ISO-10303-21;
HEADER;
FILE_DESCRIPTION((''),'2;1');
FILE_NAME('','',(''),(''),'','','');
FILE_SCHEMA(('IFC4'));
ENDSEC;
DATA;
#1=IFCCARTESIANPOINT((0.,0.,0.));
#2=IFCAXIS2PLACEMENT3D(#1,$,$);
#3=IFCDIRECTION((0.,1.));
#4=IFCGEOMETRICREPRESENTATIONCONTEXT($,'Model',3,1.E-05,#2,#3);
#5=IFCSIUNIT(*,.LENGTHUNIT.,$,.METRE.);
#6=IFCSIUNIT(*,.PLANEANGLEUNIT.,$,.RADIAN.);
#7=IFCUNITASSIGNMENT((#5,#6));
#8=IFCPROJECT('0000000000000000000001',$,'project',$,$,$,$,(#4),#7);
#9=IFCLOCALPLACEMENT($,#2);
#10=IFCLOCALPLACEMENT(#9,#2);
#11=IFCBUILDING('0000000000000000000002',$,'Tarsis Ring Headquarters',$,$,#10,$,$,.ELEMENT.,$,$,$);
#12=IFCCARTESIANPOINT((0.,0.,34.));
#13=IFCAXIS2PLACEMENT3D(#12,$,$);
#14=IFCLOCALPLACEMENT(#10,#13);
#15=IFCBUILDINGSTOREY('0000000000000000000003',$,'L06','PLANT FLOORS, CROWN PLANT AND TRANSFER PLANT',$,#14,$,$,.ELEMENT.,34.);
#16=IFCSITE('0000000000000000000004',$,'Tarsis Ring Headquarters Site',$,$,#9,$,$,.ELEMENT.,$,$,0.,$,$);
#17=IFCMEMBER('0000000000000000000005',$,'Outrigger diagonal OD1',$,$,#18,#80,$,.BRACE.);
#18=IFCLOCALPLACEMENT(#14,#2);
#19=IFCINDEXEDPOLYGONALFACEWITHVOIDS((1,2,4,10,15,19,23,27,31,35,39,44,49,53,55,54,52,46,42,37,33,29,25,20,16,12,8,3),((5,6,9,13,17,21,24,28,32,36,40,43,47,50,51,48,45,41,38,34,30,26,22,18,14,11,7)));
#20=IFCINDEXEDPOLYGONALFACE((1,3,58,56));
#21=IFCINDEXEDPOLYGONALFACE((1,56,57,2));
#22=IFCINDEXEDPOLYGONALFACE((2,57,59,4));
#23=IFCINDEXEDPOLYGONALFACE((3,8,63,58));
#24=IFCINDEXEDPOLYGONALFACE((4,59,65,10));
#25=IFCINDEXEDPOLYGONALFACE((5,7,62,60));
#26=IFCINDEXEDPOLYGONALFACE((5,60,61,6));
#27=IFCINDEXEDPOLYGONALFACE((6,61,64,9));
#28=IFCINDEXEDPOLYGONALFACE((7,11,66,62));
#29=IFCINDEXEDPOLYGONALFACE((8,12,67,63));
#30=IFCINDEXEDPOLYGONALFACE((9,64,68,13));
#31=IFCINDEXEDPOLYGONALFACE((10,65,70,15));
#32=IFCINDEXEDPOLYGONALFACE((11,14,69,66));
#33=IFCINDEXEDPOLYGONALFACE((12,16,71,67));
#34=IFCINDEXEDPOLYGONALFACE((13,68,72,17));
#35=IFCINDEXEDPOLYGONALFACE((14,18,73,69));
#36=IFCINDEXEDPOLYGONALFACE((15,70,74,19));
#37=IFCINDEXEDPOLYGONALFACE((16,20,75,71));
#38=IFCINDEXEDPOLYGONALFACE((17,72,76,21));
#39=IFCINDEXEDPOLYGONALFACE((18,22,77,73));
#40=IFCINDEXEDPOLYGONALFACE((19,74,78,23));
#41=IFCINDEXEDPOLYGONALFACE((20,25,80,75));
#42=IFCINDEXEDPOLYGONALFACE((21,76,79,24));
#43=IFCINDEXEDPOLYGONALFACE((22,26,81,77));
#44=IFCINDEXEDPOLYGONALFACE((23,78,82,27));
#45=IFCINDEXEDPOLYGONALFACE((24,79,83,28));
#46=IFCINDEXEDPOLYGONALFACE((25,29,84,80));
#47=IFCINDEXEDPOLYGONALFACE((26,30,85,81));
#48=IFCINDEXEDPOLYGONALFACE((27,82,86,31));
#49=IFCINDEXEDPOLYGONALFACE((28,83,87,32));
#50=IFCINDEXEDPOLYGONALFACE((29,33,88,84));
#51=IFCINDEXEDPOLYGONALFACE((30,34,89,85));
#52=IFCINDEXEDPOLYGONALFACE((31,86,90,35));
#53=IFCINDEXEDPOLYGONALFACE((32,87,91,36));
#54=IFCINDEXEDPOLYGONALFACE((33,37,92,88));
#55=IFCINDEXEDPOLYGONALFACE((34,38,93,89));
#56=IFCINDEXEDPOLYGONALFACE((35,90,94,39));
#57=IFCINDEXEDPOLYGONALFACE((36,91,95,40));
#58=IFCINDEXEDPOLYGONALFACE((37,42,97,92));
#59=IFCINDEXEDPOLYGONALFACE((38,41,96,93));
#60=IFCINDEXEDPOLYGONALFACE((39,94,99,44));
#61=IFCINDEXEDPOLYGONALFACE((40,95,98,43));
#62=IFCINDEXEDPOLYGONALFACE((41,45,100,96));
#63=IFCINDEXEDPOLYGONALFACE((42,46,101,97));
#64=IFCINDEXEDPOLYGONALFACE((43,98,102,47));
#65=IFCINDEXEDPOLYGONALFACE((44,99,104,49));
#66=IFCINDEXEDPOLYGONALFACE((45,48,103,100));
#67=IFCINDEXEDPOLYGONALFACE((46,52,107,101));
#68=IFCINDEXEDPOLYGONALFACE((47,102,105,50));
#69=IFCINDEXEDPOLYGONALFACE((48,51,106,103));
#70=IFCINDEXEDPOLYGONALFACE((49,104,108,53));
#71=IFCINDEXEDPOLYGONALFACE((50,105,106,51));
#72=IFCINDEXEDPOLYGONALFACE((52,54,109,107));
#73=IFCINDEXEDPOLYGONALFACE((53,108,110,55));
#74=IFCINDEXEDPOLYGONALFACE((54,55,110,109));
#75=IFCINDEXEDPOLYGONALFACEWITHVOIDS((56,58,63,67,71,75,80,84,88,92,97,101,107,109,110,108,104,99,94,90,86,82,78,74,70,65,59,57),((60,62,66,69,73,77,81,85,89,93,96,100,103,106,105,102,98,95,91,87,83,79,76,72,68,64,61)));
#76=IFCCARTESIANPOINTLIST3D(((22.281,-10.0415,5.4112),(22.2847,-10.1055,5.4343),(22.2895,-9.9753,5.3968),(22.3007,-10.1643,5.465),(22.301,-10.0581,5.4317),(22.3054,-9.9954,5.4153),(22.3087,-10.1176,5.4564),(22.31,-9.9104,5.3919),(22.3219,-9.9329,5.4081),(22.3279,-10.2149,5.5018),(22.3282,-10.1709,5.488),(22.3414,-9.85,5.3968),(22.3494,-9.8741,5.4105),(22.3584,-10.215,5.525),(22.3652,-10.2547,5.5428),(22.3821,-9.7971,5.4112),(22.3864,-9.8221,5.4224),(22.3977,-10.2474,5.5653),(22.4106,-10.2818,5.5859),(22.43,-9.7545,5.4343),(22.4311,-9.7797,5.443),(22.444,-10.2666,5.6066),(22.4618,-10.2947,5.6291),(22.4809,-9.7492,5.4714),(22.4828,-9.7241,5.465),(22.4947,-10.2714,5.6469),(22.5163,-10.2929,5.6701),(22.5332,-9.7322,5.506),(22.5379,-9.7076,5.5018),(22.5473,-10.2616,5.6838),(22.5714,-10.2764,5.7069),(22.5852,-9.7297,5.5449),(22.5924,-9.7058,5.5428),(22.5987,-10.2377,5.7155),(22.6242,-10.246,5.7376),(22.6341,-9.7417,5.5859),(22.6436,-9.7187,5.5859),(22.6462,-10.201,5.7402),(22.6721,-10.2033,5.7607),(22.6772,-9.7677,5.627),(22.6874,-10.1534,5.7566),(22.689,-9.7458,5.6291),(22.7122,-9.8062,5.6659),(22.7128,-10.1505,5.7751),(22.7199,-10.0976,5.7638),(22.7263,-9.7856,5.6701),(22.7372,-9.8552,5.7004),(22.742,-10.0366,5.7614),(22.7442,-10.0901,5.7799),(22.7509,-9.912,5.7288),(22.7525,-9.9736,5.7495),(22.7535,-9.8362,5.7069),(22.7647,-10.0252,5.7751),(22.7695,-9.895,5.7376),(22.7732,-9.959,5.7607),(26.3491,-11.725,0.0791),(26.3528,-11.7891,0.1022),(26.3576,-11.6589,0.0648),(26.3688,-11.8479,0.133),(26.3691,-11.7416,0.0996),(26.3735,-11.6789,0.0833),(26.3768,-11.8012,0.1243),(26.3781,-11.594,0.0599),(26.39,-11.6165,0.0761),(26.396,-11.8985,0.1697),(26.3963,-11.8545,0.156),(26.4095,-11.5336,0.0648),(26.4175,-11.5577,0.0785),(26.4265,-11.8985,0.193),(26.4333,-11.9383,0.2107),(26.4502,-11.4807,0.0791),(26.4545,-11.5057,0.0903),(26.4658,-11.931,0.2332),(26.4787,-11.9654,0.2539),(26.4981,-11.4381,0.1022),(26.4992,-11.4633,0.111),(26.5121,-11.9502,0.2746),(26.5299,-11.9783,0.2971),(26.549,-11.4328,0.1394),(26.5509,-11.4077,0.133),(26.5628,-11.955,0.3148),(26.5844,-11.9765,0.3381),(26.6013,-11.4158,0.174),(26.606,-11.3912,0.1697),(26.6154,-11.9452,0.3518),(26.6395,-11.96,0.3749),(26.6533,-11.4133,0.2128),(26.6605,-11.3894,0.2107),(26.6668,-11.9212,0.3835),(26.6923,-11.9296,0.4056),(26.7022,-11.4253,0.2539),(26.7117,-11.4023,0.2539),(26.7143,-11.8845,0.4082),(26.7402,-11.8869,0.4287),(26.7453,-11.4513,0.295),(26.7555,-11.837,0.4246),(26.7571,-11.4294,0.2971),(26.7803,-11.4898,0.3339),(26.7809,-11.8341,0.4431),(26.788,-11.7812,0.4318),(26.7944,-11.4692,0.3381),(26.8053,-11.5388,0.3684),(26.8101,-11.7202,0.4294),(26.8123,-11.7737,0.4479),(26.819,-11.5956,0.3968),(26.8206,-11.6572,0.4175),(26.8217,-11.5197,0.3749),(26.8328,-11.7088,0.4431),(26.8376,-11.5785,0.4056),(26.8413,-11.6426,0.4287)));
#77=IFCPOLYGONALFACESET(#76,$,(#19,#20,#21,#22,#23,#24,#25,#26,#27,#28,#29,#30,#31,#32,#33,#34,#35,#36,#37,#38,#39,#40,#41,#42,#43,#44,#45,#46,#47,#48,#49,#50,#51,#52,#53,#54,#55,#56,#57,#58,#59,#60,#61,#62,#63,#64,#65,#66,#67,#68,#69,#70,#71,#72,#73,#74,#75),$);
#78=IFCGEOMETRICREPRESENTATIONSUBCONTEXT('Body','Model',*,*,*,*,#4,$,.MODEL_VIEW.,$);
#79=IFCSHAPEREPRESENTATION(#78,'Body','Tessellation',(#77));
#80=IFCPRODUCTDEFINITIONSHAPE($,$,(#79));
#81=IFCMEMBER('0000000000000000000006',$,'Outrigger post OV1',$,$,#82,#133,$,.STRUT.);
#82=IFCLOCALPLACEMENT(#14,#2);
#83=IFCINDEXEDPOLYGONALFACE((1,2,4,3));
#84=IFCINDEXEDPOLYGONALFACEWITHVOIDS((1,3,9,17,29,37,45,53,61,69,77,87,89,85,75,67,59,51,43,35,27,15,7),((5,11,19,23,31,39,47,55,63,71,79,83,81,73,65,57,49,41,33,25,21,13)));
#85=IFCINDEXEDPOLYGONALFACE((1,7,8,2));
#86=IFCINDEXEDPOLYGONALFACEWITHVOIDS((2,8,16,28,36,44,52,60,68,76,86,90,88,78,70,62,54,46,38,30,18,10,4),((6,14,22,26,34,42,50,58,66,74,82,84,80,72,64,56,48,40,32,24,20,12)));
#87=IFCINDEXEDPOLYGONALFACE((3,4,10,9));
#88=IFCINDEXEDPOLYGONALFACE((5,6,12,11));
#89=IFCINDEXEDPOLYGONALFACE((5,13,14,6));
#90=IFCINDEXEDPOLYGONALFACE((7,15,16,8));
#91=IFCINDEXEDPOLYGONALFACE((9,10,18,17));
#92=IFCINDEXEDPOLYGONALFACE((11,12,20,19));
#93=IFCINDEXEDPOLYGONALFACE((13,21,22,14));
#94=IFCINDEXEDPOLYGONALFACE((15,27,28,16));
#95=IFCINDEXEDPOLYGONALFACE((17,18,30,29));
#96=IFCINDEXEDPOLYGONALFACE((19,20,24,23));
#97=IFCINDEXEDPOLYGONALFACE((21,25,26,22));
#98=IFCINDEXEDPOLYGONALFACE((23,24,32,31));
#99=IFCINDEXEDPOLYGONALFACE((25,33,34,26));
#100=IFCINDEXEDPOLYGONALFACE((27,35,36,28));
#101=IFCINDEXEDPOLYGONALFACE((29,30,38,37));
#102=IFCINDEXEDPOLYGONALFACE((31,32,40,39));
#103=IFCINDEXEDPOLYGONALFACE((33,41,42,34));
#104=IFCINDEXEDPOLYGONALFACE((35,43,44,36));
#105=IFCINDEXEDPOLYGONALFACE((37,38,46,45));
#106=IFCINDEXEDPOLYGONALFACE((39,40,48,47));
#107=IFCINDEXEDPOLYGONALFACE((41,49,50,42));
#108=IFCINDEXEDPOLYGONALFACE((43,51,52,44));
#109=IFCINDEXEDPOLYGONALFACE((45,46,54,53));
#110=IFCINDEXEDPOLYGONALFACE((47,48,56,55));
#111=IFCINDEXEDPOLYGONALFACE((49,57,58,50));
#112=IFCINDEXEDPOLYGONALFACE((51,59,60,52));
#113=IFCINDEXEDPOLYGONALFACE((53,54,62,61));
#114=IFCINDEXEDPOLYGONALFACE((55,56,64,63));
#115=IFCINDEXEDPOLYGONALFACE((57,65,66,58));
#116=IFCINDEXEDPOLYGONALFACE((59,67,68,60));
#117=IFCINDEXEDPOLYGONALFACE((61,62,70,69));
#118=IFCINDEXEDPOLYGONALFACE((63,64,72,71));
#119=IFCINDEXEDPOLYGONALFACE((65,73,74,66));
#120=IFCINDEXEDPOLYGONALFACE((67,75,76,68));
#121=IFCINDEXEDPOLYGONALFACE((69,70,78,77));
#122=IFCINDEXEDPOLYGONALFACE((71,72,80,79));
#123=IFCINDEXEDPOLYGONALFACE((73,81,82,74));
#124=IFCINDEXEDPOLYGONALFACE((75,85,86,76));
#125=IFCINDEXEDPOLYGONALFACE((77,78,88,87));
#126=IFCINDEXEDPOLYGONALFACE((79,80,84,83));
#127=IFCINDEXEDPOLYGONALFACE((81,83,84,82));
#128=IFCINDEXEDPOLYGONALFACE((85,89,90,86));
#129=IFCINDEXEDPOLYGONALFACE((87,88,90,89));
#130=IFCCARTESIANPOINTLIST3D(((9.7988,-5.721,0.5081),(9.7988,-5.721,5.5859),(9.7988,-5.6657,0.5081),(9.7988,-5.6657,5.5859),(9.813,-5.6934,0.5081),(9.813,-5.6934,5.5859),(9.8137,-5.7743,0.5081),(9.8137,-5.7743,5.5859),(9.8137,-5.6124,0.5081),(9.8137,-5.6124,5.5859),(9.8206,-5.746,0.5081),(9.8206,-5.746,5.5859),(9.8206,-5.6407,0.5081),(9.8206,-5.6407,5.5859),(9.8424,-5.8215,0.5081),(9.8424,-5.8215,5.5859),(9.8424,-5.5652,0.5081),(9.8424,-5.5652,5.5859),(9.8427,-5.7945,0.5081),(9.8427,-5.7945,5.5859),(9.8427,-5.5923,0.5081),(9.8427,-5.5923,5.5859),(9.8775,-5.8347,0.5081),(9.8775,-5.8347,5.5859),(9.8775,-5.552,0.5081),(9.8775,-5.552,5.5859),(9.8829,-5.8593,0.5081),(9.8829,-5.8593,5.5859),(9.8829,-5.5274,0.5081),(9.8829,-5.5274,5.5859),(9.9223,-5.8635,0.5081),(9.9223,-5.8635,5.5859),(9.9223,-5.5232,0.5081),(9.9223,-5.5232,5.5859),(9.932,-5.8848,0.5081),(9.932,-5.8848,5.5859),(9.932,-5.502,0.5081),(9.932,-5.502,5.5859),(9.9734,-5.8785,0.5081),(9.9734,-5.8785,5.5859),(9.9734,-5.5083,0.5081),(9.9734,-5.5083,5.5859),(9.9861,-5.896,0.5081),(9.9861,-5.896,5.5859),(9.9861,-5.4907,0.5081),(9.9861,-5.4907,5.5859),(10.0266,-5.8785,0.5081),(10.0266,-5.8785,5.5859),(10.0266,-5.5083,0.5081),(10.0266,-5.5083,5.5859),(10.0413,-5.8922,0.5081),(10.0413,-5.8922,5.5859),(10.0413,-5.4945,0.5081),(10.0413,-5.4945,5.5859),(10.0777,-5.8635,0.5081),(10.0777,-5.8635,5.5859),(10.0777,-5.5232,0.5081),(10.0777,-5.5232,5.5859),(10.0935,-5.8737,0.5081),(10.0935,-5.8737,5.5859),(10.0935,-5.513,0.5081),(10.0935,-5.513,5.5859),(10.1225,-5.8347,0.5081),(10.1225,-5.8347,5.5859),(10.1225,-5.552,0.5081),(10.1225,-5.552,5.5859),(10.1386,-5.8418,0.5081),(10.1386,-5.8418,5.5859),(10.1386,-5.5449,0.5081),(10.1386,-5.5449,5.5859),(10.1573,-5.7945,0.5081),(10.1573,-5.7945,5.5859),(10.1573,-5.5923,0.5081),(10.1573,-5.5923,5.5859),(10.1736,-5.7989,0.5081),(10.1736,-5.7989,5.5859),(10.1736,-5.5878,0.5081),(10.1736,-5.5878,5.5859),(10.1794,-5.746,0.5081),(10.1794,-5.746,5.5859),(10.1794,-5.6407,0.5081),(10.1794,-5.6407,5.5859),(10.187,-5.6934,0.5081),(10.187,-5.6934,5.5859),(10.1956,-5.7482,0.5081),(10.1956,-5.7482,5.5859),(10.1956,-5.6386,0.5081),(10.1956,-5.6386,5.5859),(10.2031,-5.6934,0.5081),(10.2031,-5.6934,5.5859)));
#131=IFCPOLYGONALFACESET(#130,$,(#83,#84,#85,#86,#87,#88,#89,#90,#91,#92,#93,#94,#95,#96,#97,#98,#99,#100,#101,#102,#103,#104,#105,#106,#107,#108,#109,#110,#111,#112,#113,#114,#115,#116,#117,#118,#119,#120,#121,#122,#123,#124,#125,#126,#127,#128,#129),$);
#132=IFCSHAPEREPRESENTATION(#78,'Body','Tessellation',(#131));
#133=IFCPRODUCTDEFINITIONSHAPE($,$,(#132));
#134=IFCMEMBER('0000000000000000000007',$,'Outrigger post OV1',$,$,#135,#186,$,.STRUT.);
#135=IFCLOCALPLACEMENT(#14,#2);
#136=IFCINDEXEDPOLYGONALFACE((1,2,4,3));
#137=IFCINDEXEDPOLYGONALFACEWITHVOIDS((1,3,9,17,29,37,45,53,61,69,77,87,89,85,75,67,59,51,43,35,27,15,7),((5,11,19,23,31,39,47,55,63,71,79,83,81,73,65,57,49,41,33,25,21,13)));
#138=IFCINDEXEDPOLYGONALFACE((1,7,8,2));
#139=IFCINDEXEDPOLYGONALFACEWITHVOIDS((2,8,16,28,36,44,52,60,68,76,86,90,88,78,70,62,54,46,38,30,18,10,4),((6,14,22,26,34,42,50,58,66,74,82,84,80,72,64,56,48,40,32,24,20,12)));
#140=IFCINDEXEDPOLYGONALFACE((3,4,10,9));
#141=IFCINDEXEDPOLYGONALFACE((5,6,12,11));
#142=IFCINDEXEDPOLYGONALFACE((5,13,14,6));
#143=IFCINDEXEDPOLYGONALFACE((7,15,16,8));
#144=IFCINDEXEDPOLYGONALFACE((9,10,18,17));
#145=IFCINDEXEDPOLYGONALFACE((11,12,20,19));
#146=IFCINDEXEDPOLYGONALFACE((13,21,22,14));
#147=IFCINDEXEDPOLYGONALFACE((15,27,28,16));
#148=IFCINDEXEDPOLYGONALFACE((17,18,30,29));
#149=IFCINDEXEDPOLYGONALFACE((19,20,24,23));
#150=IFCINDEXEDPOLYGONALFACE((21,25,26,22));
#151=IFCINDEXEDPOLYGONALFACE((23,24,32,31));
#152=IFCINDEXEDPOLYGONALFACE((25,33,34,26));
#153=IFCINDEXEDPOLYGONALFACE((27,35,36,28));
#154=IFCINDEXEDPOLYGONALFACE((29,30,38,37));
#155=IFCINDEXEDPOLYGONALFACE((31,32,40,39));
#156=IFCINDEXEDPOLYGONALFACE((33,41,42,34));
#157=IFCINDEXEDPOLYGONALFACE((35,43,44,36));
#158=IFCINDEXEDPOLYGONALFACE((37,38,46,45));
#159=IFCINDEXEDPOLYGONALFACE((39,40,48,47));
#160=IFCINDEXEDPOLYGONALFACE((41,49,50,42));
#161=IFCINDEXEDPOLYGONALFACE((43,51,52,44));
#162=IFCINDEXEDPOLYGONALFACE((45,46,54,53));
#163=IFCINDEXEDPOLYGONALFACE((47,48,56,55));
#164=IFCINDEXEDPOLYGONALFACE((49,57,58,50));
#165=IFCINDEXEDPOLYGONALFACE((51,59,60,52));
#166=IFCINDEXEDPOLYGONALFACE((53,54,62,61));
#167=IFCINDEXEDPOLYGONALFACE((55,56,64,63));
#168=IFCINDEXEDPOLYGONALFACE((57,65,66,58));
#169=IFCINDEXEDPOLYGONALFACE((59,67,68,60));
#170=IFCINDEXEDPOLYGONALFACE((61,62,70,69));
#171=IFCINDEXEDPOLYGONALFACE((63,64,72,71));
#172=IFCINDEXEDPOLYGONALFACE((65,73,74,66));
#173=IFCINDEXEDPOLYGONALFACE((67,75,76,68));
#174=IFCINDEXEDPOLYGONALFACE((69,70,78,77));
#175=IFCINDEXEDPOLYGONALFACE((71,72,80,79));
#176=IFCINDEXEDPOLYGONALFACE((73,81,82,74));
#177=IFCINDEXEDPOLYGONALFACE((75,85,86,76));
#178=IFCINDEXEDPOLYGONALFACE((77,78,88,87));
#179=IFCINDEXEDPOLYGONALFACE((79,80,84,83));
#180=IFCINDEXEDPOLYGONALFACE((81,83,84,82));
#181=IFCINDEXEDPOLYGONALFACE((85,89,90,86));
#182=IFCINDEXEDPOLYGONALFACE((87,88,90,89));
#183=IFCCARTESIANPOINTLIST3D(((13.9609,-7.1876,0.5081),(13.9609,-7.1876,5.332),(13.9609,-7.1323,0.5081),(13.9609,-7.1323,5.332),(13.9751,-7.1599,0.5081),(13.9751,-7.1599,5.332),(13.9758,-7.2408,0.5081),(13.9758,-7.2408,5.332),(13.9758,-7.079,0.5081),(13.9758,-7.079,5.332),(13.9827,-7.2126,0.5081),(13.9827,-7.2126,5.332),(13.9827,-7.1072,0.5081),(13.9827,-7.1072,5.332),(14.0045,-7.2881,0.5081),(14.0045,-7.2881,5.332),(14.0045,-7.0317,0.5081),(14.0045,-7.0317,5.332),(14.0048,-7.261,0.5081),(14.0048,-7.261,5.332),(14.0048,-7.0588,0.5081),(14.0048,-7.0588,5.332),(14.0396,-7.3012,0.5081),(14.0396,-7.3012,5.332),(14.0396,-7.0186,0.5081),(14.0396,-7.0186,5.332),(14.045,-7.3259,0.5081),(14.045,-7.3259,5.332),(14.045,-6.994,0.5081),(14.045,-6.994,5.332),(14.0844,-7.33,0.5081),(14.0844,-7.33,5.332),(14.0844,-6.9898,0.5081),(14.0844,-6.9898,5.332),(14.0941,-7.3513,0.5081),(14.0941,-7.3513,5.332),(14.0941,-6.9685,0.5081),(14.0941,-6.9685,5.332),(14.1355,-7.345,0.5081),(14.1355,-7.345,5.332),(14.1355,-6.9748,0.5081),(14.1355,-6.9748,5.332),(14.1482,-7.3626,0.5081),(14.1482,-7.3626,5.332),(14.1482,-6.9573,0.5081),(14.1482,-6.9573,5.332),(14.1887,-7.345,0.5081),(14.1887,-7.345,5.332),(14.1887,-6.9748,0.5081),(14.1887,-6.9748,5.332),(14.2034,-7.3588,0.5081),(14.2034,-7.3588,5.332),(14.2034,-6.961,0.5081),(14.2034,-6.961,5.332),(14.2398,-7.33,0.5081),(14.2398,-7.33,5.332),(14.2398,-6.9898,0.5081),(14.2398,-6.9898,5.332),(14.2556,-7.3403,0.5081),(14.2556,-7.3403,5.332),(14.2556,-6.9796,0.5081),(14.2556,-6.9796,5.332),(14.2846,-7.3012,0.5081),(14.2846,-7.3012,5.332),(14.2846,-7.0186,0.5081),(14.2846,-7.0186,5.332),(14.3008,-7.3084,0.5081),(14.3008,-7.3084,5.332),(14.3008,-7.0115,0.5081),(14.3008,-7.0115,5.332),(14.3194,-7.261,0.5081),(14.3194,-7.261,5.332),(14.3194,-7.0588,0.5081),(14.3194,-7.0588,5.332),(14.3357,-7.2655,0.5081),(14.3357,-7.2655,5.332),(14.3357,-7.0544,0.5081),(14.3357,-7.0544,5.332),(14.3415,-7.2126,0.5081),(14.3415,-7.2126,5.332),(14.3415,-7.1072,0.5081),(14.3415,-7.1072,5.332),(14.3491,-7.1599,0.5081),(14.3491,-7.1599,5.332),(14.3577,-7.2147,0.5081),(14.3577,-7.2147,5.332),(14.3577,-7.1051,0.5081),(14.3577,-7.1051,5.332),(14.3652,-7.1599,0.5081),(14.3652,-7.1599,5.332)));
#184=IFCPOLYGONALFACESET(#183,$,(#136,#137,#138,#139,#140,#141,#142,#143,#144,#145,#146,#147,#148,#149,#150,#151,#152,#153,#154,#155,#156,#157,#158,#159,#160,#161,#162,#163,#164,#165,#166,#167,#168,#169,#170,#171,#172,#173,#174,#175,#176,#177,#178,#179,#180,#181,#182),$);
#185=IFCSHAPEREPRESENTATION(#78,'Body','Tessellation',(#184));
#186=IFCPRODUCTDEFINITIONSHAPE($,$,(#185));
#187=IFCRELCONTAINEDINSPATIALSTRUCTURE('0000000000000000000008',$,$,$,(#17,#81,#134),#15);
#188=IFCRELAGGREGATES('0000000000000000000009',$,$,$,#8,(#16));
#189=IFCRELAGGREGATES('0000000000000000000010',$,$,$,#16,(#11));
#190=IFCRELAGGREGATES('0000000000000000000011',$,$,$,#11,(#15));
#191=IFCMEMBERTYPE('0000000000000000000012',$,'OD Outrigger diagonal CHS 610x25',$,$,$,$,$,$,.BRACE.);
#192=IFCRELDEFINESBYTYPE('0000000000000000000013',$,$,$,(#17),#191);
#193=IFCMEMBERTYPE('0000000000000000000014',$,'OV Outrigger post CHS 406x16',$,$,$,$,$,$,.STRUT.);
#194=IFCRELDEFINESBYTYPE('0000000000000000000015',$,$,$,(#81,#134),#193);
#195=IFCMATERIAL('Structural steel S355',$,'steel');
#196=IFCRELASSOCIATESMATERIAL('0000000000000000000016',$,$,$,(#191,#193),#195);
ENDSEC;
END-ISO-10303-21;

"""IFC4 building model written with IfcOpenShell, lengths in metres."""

from ifc_helpers import new_model, si_unit, direction, frame, origin, origin_2d, place, context, subcontext, project, spatial, hollow_circle, extrude, material, material_profile, profile_set, type_object, element, save


model = new_model("IFC4")

# Units and contexts
model_context = context("Model", 3, precision=1e-05, world=origin(), true_north=direction((0.0, 1.0)))
body_context = subcontext(model_context, "Body", "Model", "MODEL_VIEW")
ifc_project = project(units=[si_unit("LENGTHUNIT", "METRE"), si_unit("PLANEANGLEUNIT", "RADIAN")], contexts=[model_context])

# Site, building, storey
site_placement = place(None, origin())
site = spatial("IfcSite", under=ifc_project, at=site_placement, Name="Tarsis Ring Headquarters Site", CompositionType="ELEMENT", RefElevation=0.0)
building_placement = place(site_placement, origin())
building = spatial("IfcBuilding", under=site, at=building_placement, Name="Tarsis Ring Headquarters", CompositionType="ELEMENT")
storey_placement = place(building_placement, frame((0.0, 0.0, 34.0)))
storey = spatial("IfcBuildingStorey", under=building, at=storey_placement, Name="L06", Description="PLANT FLOORS, CROWN PLANT AND TRANSFER PLANT", CompositionType="ELEMENT", Elevation=34.0)

# Shared definitions
ifc_material_1 = material(Name="Structural steel S355", Category="steel")

# Members
ifc_material_profile_1 = material_profile(ifc_material_1, hollow_circle(Radius=0.3047, WallThickness=0.0249, at=origin_2d()), Name="CHS 610x25")
ifc_profile_set_1 = profile_set([ifc_material_profile_1], Name="Structural steel S355")
member_type_1 = type_object("IfcMemberType", Name="OD Outrigger diagonal CHS 610x25", PredefinedType="BRACE", material=ifc_profile_set_1)
member_1_placement = place(storey_placement, frame((22.5271, -10.0002, 5.5859), z_axis=(0.588319, -0.243476, -0.771103), x_axis=(0.382398, 0.923998, 0.0)))
element("IfcMember", 1, at=member_1_placement, inside=storey, type_object=member_type_1, Name="Outrigger diagonal OD1", PredefinedType="BRACE", context=body_context, shape_type="SweptSolid", body=[
    extrude(hollow_circle(Radius=0.3047, WallThickness=0.0249, at=origin_2d()), origin(), (0.0, 0.0, 1.0), 6.9148),
])
ifc_material_profile_2 = material_profile(ifc_material_1, hollow_circle(Radius=0.2031, WallThickness=0.0161, at=origin_2d()), Name="CHS 406x16")
ifc_profile_set_2 = profile_set([ifc_material_profile_2], Name="Structural steel S355")
member_type_2 = type_object("IfcMemberType", Name="OV Outrigger post CHS 406x16", PredefinedType="STRUT", material=ifc_profile_set_2)
member_2_placement = place(storey_placement, frame((10.0, -5.6934, 0.5081), z_axis=(0.0, 0.0, 1.0), x_axis=(1.0, 0.0, 0.0)))
element("IfcMember", 2, at=member_2_placement, inside=storey, type_object=member_type_2, Name="Outrigger post OV1", PredefinedType="STRUT", context=body_context, shape_type="SweptSolid", body=[
    extrude(hollow_circle(Radius=0.2031, WallThickness=0.0161, at=origin_2d()), origin(), (0.0, 0.0, 1.0), 5.0779),
])
for number, where, z_axis, x_axis, name in (
    (3, (14.1621, -7.1599, 0.5081), (0.0, 0.0, 1.0), (1.0, 0.0, 0.0), "Outrigger post OV1"),
):
    element("IfcMember", number, at=place(storey_placement, frame(where, z_axis=z_axis, x_axis=x_axis)), inside=storey, type_object=member_type_2, Name=name, PredefinedType="STRUT", context=body_context, shape_type="SweptSolid", body=[
        extrude(hollow_circle(Radius=0.2031, WallThickness=0.0161, at=origin_2d()), origin(), (0.0, 0.0, 1.0), 4.824),
    ])

save(model, "model.ifc")
